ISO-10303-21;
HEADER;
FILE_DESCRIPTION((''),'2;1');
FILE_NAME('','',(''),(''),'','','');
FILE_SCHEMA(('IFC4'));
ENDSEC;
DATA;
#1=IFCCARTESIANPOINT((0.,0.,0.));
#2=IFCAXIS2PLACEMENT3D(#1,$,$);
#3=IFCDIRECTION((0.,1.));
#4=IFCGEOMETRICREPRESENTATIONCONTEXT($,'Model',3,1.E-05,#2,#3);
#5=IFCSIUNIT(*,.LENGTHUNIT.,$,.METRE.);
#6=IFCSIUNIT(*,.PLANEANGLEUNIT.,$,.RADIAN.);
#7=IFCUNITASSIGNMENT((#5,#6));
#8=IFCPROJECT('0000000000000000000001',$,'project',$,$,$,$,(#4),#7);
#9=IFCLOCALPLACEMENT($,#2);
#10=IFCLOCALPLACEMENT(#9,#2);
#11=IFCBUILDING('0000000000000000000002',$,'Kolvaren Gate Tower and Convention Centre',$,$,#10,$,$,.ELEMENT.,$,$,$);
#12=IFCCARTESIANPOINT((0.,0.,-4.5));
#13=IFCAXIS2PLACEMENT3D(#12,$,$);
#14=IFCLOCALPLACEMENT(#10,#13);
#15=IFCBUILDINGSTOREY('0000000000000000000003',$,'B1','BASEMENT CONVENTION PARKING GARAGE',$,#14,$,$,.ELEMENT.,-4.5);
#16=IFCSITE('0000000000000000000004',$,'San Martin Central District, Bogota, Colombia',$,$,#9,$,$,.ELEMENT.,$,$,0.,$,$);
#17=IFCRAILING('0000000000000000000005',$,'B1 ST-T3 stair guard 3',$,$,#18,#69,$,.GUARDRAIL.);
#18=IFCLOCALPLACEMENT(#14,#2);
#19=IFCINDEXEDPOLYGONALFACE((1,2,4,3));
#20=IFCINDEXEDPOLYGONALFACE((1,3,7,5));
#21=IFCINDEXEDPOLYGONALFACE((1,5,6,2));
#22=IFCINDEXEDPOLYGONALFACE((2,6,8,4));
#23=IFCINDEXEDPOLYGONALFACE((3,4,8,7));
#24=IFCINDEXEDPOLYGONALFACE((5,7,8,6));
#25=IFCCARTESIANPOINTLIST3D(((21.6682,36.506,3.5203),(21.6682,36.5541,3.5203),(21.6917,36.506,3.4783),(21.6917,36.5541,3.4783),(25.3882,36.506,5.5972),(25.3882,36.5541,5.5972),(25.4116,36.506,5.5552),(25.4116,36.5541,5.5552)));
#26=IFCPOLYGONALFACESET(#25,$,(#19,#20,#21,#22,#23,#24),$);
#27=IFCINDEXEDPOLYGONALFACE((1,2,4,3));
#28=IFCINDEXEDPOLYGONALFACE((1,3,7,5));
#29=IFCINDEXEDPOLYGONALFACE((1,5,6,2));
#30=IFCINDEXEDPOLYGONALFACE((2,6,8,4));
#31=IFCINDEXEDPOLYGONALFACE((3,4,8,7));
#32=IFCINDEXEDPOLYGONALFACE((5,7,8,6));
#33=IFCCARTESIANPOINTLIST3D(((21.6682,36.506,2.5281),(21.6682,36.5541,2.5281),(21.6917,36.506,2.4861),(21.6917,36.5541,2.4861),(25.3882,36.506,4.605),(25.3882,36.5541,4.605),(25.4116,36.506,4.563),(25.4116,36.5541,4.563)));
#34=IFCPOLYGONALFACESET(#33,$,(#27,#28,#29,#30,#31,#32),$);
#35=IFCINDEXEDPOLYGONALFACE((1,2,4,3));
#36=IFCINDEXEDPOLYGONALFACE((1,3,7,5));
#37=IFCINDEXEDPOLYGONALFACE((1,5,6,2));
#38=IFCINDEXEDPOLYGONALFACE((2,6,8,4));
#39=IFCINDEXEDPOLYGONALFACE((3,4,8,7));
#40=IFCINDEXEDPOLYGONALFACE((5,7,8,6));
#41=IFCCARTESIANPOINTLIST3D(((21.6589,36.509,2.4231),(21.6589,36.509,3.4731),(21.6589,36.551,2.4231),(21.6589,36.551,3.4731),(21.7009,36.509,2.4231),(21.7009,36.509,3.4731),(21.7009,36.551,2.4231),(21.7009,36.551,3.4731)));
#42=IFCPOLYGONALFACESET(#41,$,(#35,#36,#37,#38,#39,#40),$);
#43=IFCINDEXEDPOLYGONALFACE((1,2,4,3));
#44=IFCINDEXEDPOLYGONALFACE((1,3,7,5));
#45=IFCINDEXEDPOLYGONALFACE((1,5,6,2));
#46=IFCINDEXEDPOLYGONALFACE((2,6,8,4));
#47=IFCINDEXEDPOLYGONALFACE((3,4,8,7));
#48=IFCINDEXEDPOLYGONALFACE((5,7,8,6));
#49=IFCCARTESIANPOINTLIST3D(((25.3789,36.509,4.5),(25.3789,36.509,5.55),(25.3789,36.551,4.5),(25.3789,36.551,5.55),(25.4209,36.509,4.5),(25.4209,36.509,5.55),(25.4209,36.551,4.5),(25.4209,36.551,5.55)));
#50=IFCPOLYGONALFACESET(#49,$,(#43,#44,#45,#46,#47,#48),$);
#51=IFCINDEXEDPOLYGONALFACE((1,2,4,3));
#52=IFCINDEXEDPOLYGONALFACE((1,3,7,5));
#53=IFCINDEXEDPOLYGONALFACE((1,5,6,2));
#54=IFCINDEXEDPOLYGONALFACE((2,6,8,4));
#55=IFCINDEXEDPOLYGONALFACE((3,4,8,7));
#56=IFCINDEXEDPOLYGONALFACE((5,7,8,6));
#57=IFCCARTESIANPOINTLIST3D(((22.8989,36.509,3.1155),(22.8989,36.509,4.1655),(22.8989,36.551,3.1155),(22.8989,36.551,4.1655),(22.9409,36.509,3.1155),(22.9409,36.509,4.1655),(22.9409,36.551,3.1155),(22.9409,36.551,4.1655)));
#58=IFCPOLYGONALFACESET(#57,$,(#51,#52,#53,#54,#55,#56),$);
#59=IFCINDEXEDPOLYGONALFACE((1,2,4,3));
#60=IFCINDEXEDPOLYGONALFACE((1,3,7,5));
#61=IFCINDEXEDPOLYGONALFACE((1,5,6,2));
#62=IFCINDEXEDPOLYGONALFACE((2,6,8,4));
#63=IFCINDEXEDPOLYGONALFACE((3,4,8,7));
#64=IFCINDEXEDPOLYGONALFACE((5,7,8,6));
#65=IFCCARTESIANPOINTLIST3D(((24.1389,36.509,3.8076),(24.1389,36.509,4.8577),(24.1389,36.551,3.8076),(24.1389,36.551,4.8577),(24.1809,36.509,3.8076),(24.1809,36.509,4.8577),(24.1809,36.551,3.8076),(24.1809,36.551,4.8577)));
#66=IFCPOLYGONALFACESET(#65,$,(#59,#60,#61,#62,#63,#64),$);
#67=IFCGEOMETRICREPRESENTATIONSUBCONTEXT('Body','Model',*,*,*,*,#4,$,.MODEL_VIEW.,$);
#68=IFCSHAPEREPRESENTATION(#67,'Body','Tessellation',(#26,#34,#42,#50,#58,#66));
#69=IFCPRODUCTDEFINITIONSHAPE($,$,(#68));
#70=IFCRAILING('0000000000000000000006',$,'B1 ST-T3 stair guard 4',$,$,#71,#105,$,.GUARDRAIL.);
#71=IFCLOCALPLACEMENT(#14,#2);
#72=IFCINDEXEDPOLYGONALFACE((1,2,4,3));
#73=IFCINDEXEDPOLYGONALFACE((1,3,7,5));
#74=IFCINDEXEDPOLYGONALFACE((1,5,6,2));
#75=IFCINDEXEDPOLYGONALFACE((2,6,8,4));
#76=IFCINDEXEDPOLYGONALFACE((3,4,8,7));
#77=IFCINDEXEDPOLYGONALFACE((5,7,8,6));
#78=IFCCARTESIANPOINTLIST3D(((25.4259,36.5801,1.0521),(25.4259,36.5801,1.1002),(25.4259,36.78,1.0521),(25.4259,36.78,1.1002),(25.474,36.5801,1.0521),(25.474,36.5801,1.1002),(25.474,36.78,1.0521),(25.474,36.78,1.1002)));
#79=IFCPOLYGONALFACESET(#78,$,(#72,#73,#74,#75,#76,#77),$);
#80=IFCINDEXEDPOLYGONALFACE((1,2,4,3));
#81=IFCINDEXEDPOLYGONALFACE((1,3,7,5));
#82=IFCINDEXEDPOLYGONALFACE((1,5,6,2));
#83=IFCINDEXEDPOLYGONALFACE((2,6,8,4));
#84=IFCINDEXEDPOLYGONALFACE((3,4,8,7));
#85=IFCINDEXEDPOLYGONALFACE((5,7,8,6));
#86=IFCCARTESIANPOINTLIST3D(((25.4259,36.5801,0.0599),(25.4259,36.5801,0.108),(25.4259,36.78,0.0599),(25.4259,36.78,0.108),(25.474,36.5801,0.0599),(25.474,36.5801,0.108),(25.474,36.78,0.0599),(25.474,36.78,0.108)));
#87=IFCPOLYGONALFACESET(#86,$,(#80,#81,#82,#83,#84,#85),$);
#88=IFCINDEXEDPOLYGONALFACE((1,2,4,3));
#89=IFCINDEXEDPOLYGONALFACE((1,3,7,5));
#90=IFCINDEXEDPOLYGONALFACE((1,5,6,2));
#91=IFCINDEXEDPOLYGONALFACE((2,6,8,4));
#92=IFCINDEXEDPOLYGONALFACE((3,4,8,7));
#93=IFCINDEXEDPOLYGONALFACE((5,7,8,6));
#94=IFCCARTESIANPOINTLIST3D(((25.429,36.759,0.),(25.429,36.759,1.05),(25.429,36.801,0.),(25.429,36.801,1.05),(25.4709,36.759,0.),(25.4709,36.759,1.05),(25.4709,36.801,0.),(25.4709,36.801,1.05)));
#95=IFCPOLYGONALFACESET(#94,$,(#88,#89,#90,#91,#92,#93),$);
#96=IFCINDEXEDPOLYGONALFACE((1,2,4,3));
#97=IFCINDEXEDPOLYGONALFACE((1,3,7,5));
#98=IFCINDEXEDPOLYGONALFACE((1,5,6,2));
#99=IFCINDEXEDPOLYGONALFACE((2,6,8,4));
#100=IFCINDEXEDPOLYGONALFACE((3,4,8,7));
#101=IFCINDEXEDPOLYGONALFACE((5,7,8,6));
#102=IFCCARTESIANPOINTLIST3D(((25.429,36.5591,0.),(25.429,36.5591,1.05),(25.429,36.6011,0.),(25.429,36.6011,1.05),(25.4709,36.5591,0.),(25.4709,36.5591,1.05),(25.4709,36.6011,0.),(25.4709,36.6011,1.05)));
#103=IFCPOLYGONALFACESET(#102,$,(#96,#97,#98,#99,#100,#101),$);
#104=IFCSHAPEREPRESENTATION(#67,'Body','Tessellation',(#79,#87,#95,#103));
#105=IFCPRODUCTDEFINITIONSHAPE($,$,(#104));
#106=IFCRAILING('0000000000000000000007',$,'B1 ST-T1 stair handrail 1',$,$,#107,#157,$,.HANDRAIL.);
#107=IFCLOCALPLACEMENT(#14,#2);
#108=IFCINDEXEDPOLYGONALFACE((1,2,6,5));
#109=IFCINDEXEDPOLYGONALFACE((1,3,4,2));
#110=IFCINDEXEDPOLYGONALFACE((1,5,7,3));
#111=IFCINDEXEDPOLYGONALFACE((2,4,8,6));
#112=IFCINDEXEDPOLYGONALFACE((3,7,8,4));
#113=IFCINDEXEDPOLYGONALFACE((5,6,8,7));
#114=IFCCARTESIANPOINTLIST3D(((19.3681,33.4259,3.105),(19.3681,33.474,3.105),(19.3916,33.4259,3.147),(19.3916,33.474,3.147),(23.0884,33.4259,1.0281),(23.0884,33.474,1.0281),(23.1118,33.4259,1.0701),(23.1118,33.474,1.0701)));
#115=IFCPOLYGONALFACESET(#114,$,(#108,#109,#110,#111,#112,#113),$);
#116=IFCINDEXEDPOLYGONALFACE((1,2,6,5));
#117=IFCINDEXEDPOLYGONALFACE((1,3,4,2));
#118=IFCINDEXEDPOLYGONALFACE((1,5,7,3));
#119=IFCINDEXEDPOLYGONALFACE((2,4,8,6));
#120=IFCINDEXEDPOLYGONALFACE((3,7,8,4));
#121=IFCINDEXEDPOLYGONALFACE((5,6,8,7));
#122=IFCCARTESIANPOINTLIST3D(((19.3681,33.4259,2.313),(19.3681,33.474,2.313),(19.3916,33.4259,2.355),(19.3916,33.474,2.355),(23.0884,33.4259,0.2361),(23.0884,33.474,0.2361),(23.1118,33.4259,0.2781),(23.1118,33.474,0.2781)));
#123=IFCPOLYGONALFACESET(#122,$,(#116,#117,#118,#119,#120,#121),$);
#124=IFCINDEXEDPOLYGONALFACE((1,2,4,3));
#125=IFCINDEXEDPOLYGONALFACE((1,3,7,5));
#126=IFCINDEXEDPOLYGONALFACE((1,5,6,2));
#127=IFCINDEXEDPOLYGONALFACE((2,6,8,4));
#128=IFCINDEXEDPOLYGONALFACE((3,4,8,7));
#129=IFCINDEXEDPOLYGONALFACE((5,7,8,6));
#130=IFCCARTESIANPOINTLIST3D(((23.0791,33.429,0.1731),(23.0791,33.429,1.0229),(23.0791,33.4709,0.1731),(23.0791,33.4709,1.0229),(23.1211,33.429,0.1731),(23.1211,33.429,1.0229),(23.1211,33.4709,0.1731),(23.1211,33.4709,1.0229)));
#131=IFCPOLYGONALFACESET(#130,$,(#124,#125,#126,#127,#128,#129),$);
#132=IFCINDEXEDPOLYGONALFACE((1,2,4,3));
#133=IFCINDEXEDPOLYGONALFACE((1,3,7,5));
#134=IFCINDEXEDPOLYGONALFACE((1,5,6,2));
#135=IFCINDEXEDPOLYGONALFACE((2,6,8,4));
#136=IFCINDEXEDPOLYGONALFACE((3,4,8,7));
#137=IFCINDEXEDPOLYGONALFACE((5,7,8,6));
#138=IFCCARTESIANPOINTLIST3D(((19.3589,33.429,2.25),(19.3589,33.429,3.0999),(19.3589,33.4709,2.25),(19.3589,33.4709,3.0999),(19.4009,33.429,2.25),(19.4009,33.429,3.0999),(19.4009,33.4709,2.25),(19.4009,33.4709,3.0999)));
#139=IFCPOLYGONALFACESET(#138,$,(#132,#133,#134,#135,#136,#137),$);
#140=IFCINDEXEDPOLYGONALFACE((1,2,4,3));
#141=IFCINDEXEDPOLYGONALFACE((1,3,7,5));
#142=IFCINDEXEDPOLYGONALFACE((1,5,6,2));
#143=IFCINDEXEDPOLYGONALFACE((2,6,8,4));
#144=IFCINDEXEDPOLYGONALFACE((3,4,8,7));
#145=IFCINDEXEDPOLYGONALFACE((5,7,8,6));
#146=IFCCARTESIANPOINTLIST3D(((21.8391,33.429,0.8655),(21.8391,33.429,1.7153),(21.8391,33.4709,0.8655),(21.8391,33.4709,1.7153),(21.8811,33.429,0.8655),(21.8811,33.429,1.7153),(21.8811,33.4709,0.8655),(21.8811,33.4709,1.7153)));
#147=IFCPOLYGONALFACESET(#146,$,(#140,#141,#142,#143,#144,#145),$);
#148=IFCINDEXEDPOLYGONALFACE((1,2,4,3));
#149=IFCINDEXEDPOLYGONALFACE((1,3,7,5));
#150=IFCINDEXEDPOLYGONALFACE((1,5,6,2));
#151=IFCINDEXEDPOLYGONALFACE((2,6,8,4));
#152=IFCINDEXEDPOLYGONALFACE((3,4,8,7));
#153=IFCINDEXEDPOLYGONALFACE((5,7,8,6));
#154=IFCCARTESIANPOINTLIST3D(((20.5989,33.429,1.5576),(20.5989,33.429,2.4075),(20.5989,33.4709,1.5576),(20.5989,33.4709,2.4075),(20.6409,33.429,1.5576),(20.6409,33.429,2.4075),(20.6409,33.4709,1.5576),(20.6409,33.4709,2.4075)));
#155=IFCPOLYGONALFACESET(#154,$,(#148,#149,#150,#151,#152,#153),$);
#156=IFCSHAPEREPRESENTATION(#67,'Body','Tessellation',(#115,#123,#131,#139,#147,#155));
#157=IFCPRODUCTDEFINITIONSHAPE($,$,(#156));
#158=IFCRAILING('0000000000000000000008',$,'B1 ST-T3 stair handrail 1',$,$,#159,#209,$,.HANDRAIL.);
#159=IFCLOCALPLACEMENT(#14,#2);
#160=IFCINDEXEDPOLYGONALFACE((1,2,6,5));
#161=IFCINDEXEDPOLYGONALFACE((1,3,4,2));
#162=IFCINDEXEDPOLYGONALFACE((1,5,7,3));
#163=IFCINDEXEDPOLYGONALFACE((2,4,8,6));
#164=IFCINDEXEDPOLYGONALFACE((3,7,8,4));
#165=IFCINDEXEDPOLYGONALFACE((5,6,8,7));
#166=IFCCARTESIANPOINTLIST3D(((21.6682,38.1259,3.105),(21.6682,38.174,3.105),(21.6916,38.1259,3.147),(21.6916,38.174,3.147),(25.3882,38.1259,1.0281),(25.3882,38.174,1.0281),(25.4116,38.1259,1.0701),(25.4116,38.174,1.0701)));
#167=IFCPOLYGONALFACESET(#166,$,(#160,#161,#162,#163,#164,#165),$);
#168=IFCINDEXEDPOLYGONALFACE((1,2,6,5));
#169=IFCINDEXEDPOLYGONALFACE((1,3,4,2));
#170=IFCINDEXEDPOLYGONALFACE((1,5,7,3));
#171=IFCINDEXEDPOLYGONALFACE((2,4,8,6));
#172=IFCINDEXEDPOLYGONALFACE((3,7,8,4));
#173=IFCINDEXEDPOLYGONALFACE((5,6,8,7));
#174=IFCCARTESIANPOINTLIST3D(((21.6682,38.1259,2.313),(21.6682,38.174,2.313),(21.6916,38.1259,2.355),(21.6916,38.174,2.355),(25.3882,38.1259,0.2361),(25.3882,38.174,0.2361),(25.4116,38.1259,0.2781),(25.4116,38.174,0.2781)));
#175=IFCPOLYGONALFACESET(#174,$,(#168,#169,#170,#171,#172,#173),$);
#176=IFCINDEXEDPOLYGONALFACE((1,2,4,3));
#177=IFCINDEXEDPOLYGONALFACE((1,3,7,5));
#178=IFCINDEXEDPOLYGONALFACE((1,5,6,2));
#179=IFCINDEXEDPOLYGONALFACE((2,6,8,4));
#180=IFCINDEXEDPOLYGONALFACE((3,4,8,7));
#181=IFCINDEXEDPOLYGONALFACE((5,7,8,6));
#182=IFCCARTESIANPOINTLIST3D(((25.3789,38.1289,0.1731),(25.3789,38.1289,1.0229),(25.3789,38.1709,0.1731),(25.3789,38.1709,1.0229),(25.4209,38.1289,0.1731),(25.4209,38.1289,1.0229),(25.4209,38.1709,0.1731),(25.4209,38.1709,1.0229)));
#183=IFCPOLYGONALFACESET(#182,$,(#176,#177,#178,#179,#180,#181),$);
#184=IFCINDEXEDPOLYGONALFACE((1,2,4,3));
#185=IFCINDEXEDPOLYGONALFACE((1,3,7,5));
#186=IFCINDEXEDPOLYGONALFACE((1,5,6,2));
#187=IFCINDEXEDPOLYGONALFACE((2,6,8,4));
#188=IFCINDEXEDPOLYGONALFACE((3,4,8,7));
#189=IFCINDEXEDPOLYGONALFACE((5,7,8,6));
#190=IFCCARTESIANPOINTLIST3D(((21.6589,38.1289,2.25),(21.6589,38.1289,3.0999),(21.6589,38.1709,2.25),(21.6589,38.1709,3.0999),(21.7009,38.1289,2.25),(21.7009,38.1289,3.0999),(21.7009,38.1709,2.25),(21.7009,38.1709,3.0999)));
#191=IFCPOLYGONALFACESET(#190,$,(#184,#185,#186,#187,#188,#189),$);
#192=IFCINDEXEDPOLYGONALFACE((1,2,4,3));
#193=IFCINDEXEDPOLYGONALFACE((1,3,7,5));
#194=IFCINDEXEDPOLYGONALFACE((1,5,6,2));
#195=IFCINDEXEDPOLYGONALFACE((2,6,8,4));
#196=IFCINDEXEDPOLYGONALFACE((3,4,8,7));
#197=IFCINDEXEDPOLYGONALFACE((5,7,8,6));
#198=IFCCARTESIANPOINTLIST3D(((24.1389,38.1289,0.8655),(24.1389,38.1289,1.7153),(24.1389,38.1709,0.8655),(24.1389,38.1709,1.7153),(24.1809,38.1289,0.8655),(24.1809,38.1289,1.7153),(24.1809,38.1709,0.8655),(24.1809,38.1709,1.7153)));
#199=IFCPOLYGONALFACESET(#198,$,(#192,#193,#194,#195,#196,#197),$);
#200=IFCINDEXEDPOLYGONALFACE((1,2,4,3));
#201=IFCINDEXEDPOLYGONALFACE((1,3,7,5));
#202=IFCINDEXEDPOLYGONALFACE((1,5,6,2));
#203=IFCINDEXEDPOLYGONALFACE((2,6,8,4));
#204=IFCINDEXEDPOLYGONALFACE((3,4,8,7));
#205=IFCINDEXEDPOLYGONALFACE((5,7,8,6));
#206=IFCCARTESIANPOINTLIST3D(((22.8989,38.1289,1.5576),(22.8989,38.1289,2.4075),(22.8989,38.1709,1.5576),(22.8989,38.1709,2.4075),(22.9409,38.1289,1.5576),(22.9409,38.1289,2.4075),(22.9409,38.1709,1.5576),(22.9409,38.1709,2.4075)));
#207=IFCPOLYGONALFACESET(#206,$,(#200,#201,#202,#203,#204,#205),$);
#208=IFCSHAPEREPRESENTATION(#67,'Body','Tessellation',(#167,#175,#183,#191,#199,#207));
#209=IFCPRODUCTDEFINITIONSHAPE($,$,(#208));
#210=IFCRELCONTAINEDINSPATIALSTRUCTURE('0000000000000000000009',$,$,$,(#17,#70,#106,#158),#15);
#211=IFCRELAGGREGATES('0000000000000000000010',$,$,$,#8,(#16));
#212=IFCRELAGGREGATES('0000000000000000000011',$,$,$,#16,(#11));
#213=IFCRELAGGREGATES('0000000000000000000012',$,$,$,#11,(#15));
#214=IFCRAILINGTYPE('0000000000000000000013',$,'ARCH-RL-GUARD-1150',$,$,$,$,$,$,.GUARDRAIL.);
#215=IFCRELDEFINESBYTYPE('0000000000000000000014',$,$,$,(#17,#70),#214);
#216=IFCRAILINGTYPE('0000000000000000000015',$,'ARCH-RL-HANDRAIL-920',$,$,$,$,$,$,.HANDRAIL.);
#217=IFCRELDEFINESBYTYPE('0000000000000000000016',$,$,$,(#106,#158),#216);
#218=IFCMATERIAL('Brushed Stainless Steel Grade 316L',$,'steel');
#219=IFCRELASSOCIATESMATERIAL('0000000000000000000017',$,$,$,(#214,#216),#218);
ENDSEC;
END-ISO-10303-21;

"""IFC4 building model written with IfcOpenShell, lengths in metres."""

from ifc_helpers import new_model, si_unit, direction, frame, origin, origin_2d, place, context, subcontext, project, spatial, rectangle, extrude, material, type_object, element, save


model = new_model("IFC4")

# Units and contexts
model_context = context("Model", 3, precision=1e-05, world=origin(), true_north=direction((0.0, 1.0)))
body_context = subcontext(model_context, "Body", "Model", "MODEL_VIEW")
ifc_project = project(units=[si_unit("LENGTHUNIT", "METRE"), si_unit("PLANEANGLEUNIT", "RADIAN")], contexts=[model_context])

# Site, building, storey
site_placement = place(None, origin())
site = spatial("IfcSite", under=ifc_project, at=site_placement, Name="San Martin Central District, Bogota, Colombia", CompositionType="ELEMENT", RefElevation=0.0)
building_placement = place(site_placement, origin())
building = spatial("IfcBuilding", under=site, at=building_placement, Name="Kolvaren Gate Tower and Convention Centre", CompositionType="ELEMENT")
storey_placement = place(building_placement, frame((0.0, 0.0, -4.5)))
storey = spatial("IfcBuildingStorey", under=building, at=storey_placement, Name="B1", Description="BASEMENT CONVENTION PARKING GARAGE", CompositionType="ELEMENT", Elevation=-4.5)

# Railings
ifc_material_1 = material(Name="Brushed Stainless Steel Grade 316L", Category="steel")
railing_type_1 = type_object("IfcRailingType", Name="ARCH-RL-GUARD-1150", PredefinedType="GUARDRAIL", material=ifc_material_1)
railing_1_placement = place(storey_placement, frame((21.6799, 36.53, 2.4231)))
element("IfcRailing", 1, at=railing_1_placement, inside=storey, type_object=railing_type_1, Name="B1 ST-T3 stair guard 3", PredefinedType="GUARDRAIL", context=body_context, shape_type="SweptSolid", body=[
    extrude(rectangle(XDim=0.0481, YDim=0.0481, at=origin_2d()), frame((0.0, 0.0, 1.0762), z_axis=(0.873134, 0.0, 0.487481), x_axis=(0.0, 1.0, 0.0)), (0.0, 0.0, 1.0), 4.2605),
    extrude(rectangle(XDim=0.0481, YDim=0.0481, at=origin_2d()), frame((0.0, 0.0, 0.084), z_axis=(0.873134, 0.0, 0.487481), x_axis=(0.0, 1.0, 0.0)), (0.0, 0.0, 1.0), 4.2605),
    extrude(rectangle(XDim=0.042, YDim=0.042, at=origin_2d()), origin(), (0.0, 0.0, 1.0), 1.05),
    extrude(rectangle(XDim=0.042, YDim=0.042, at=origin_2d()), frame((3.72, 0.0, 2.0769)), (0.0, 0.0, 1.0), 1.05),
    extrude(rectangle(XDim=0.042, YDim=0.042, at=origin_2d()), frame((1.24, 0.0, 0.6924)), (0.0, 0.0, 1.0), 1.05),
    extrude(rectangle(XDim=0.042, YDim=0.042, at=origin_2d()), frame((2.48, 0.0, 1.3845)), (0.0, 0.0, 1.0), 1.05),
])
railing_2_placement = place(storey_placement, frame((25.45, 36.78, 0.0)))
element("IfcRailing", 2, at=railing_2_placement, inside=storey, type_object=railing_type_1, Name="B1 ST-T3 stair guard 4", PredefinedType="GUARDRAIL", context=body_context, shape_type="SweptSolid", body=[
    extrude(rectangle(XDim=0.0481, YDim=0.0481, at=origin_2d()), frame((0.0, 0.0, 1.0762), z_axis=(0.0, -1.0, 0.0), x_axis=(1.0, 0.0, 0.0)), (0.0, 0.0, 1.0), 0.2),
    extrude(rectangle(XDim=0.0481, YDim=0.0481, at=origin_2d()), frame((0.0, 0.0, 0.084), z_axis=(0.0, -1.0, 0.0), x_axis=(1.0, 0.0, 0.0)), (0.0, 0.0, 1.0), 0.2),
    extrude(rectangle(XDim=0.042, YDim=0.042, at=origin_2d()), origin(), (0.0, 0.0, 1.0), 1.05),
    extrude(rectangle(XDim=0.042, YDim=0.042, at=origin_2d()), frame((0.0, -0.2, 0.0)), (0.0, 0.0, 1.0), 1.05),
])
railing_type_2 = type_object("IfcRailingType", Name="ARCH-RL-HANDRAIL-920", PredefinedType="HANDRAIL", material=ifc_material_1)
railing_3_placement = place(storey_placement, frame((23.1001, 33.45, 0.1731)))
element("IfcRailing", 3, at=railing_3_placement, inside=storey, type_object=railing_type_2, Name="B1 ST-T1 stair handrail 1", PredefinedType="HANDRAIL", context=body_context, shape_type="SweptSolid", body=[
    extrude(rectangle(XDim=0.0481, YDim=0.0481, at=origin_2d()), frame((0.0, 0.0, 0.876), z_axis=(-0.873147, 0.0, 0.487457), x_axis=(0.0, -1.0, 0.0)), (0.0, 0.0, 1.0), 4.2607),
    extrude(rectangle(XDim=0.0481, YDim=0.0481, at=origin_2d()), frame((0.0, 0.0, 0.084), z_axis=(-0.873147, 0.0, 0.487457), x_axis=(0.0, -1.0, 0.0)), (0.0, 0.0, 1.0), 4.2607),
    extrude(rectangle(XDim=0.042, YDim=0.042, at=origin_2d()), origin(), (0.0, 0.0, 1.0), 0.8499),
    extrude(rectangle(XDim=0.042, YDim=0.042, at=origin_2d()), frame((-3.7202, 0.0, 2.0769)), (0.0, 0.0, 1.0), 0.8499),
    extrude(rectangle(XDim=0.042, YDim=0.042, at=origin_2d()), frame((-1.24, 0.0, 0.6924)), (0.0, 0.0, 1.0), 0.8499),
    extrude(rectangle(XDim=0.042, YDim=0.042, at=origin_2d()), frame((-2.4802, 0.0, 1.3845)), (0.0, 0.0, 1.0), 0.8499),
])
railing_4_placement = place(storey_placement, frame((25.3999, 38.1499, 0.1731)))
element("IfcRailing", 4, at=railing_4_placement, inside=storey, type_object=railing_type_2, Name="B1 ST-T3 stair handrail 1", PredefinedType="HANDRAIL", context=body_context, shape_type="SweptSolid", body=[
    extrude(rectangle(XDim=0.0481, YDim=0.0481, at=origin_2d()), frame((0.0, 0.0, 0.876), z_axis=(-0.873134, 0.0, 0.487481), x_axis=(0.0, -1.0, 0.0)), (0.0, 0.0, 1.0), 4.2605),
    extrude(rectangle(XDim=0.0481, YDim=0.0481, at=origin_2d()), frame((0.0, 0.0, 0.084), z_axis=(-0.873134, 0.0, 0.487481), x_axis=(0.0, -1.0, 0.0)), (0.0, 0.0, 1.0), 4.2605),
    extrude(rectangle(XDim=0.042, YDim=0.042, at=origin_2d()), origin(), (0.0, 0.0, 1.0), 0.8499),
    extrude(rectangle(XDim=0.042, YDim=0.042, at=origin_2d()), frame((-3.72, 0.0, 2.0769)), (0.0, 0.0, 1.0), 0.8499),
    extrude(rectangle(XDim=0.042, YDim=0.042, at=origin_2d()), frame((-1.24, 0.0, 0.6924)), (0.0, 0.0, 1.0), 0.8499),
    extrude(rectangle(XDim=0.042, YDim=0.042, at=origin_2d()), frame((-2.48, 0.0, 1.3845)), (0.0, 0.0, 1.0), 0.8499),
])

save(model, "model.ifc")
